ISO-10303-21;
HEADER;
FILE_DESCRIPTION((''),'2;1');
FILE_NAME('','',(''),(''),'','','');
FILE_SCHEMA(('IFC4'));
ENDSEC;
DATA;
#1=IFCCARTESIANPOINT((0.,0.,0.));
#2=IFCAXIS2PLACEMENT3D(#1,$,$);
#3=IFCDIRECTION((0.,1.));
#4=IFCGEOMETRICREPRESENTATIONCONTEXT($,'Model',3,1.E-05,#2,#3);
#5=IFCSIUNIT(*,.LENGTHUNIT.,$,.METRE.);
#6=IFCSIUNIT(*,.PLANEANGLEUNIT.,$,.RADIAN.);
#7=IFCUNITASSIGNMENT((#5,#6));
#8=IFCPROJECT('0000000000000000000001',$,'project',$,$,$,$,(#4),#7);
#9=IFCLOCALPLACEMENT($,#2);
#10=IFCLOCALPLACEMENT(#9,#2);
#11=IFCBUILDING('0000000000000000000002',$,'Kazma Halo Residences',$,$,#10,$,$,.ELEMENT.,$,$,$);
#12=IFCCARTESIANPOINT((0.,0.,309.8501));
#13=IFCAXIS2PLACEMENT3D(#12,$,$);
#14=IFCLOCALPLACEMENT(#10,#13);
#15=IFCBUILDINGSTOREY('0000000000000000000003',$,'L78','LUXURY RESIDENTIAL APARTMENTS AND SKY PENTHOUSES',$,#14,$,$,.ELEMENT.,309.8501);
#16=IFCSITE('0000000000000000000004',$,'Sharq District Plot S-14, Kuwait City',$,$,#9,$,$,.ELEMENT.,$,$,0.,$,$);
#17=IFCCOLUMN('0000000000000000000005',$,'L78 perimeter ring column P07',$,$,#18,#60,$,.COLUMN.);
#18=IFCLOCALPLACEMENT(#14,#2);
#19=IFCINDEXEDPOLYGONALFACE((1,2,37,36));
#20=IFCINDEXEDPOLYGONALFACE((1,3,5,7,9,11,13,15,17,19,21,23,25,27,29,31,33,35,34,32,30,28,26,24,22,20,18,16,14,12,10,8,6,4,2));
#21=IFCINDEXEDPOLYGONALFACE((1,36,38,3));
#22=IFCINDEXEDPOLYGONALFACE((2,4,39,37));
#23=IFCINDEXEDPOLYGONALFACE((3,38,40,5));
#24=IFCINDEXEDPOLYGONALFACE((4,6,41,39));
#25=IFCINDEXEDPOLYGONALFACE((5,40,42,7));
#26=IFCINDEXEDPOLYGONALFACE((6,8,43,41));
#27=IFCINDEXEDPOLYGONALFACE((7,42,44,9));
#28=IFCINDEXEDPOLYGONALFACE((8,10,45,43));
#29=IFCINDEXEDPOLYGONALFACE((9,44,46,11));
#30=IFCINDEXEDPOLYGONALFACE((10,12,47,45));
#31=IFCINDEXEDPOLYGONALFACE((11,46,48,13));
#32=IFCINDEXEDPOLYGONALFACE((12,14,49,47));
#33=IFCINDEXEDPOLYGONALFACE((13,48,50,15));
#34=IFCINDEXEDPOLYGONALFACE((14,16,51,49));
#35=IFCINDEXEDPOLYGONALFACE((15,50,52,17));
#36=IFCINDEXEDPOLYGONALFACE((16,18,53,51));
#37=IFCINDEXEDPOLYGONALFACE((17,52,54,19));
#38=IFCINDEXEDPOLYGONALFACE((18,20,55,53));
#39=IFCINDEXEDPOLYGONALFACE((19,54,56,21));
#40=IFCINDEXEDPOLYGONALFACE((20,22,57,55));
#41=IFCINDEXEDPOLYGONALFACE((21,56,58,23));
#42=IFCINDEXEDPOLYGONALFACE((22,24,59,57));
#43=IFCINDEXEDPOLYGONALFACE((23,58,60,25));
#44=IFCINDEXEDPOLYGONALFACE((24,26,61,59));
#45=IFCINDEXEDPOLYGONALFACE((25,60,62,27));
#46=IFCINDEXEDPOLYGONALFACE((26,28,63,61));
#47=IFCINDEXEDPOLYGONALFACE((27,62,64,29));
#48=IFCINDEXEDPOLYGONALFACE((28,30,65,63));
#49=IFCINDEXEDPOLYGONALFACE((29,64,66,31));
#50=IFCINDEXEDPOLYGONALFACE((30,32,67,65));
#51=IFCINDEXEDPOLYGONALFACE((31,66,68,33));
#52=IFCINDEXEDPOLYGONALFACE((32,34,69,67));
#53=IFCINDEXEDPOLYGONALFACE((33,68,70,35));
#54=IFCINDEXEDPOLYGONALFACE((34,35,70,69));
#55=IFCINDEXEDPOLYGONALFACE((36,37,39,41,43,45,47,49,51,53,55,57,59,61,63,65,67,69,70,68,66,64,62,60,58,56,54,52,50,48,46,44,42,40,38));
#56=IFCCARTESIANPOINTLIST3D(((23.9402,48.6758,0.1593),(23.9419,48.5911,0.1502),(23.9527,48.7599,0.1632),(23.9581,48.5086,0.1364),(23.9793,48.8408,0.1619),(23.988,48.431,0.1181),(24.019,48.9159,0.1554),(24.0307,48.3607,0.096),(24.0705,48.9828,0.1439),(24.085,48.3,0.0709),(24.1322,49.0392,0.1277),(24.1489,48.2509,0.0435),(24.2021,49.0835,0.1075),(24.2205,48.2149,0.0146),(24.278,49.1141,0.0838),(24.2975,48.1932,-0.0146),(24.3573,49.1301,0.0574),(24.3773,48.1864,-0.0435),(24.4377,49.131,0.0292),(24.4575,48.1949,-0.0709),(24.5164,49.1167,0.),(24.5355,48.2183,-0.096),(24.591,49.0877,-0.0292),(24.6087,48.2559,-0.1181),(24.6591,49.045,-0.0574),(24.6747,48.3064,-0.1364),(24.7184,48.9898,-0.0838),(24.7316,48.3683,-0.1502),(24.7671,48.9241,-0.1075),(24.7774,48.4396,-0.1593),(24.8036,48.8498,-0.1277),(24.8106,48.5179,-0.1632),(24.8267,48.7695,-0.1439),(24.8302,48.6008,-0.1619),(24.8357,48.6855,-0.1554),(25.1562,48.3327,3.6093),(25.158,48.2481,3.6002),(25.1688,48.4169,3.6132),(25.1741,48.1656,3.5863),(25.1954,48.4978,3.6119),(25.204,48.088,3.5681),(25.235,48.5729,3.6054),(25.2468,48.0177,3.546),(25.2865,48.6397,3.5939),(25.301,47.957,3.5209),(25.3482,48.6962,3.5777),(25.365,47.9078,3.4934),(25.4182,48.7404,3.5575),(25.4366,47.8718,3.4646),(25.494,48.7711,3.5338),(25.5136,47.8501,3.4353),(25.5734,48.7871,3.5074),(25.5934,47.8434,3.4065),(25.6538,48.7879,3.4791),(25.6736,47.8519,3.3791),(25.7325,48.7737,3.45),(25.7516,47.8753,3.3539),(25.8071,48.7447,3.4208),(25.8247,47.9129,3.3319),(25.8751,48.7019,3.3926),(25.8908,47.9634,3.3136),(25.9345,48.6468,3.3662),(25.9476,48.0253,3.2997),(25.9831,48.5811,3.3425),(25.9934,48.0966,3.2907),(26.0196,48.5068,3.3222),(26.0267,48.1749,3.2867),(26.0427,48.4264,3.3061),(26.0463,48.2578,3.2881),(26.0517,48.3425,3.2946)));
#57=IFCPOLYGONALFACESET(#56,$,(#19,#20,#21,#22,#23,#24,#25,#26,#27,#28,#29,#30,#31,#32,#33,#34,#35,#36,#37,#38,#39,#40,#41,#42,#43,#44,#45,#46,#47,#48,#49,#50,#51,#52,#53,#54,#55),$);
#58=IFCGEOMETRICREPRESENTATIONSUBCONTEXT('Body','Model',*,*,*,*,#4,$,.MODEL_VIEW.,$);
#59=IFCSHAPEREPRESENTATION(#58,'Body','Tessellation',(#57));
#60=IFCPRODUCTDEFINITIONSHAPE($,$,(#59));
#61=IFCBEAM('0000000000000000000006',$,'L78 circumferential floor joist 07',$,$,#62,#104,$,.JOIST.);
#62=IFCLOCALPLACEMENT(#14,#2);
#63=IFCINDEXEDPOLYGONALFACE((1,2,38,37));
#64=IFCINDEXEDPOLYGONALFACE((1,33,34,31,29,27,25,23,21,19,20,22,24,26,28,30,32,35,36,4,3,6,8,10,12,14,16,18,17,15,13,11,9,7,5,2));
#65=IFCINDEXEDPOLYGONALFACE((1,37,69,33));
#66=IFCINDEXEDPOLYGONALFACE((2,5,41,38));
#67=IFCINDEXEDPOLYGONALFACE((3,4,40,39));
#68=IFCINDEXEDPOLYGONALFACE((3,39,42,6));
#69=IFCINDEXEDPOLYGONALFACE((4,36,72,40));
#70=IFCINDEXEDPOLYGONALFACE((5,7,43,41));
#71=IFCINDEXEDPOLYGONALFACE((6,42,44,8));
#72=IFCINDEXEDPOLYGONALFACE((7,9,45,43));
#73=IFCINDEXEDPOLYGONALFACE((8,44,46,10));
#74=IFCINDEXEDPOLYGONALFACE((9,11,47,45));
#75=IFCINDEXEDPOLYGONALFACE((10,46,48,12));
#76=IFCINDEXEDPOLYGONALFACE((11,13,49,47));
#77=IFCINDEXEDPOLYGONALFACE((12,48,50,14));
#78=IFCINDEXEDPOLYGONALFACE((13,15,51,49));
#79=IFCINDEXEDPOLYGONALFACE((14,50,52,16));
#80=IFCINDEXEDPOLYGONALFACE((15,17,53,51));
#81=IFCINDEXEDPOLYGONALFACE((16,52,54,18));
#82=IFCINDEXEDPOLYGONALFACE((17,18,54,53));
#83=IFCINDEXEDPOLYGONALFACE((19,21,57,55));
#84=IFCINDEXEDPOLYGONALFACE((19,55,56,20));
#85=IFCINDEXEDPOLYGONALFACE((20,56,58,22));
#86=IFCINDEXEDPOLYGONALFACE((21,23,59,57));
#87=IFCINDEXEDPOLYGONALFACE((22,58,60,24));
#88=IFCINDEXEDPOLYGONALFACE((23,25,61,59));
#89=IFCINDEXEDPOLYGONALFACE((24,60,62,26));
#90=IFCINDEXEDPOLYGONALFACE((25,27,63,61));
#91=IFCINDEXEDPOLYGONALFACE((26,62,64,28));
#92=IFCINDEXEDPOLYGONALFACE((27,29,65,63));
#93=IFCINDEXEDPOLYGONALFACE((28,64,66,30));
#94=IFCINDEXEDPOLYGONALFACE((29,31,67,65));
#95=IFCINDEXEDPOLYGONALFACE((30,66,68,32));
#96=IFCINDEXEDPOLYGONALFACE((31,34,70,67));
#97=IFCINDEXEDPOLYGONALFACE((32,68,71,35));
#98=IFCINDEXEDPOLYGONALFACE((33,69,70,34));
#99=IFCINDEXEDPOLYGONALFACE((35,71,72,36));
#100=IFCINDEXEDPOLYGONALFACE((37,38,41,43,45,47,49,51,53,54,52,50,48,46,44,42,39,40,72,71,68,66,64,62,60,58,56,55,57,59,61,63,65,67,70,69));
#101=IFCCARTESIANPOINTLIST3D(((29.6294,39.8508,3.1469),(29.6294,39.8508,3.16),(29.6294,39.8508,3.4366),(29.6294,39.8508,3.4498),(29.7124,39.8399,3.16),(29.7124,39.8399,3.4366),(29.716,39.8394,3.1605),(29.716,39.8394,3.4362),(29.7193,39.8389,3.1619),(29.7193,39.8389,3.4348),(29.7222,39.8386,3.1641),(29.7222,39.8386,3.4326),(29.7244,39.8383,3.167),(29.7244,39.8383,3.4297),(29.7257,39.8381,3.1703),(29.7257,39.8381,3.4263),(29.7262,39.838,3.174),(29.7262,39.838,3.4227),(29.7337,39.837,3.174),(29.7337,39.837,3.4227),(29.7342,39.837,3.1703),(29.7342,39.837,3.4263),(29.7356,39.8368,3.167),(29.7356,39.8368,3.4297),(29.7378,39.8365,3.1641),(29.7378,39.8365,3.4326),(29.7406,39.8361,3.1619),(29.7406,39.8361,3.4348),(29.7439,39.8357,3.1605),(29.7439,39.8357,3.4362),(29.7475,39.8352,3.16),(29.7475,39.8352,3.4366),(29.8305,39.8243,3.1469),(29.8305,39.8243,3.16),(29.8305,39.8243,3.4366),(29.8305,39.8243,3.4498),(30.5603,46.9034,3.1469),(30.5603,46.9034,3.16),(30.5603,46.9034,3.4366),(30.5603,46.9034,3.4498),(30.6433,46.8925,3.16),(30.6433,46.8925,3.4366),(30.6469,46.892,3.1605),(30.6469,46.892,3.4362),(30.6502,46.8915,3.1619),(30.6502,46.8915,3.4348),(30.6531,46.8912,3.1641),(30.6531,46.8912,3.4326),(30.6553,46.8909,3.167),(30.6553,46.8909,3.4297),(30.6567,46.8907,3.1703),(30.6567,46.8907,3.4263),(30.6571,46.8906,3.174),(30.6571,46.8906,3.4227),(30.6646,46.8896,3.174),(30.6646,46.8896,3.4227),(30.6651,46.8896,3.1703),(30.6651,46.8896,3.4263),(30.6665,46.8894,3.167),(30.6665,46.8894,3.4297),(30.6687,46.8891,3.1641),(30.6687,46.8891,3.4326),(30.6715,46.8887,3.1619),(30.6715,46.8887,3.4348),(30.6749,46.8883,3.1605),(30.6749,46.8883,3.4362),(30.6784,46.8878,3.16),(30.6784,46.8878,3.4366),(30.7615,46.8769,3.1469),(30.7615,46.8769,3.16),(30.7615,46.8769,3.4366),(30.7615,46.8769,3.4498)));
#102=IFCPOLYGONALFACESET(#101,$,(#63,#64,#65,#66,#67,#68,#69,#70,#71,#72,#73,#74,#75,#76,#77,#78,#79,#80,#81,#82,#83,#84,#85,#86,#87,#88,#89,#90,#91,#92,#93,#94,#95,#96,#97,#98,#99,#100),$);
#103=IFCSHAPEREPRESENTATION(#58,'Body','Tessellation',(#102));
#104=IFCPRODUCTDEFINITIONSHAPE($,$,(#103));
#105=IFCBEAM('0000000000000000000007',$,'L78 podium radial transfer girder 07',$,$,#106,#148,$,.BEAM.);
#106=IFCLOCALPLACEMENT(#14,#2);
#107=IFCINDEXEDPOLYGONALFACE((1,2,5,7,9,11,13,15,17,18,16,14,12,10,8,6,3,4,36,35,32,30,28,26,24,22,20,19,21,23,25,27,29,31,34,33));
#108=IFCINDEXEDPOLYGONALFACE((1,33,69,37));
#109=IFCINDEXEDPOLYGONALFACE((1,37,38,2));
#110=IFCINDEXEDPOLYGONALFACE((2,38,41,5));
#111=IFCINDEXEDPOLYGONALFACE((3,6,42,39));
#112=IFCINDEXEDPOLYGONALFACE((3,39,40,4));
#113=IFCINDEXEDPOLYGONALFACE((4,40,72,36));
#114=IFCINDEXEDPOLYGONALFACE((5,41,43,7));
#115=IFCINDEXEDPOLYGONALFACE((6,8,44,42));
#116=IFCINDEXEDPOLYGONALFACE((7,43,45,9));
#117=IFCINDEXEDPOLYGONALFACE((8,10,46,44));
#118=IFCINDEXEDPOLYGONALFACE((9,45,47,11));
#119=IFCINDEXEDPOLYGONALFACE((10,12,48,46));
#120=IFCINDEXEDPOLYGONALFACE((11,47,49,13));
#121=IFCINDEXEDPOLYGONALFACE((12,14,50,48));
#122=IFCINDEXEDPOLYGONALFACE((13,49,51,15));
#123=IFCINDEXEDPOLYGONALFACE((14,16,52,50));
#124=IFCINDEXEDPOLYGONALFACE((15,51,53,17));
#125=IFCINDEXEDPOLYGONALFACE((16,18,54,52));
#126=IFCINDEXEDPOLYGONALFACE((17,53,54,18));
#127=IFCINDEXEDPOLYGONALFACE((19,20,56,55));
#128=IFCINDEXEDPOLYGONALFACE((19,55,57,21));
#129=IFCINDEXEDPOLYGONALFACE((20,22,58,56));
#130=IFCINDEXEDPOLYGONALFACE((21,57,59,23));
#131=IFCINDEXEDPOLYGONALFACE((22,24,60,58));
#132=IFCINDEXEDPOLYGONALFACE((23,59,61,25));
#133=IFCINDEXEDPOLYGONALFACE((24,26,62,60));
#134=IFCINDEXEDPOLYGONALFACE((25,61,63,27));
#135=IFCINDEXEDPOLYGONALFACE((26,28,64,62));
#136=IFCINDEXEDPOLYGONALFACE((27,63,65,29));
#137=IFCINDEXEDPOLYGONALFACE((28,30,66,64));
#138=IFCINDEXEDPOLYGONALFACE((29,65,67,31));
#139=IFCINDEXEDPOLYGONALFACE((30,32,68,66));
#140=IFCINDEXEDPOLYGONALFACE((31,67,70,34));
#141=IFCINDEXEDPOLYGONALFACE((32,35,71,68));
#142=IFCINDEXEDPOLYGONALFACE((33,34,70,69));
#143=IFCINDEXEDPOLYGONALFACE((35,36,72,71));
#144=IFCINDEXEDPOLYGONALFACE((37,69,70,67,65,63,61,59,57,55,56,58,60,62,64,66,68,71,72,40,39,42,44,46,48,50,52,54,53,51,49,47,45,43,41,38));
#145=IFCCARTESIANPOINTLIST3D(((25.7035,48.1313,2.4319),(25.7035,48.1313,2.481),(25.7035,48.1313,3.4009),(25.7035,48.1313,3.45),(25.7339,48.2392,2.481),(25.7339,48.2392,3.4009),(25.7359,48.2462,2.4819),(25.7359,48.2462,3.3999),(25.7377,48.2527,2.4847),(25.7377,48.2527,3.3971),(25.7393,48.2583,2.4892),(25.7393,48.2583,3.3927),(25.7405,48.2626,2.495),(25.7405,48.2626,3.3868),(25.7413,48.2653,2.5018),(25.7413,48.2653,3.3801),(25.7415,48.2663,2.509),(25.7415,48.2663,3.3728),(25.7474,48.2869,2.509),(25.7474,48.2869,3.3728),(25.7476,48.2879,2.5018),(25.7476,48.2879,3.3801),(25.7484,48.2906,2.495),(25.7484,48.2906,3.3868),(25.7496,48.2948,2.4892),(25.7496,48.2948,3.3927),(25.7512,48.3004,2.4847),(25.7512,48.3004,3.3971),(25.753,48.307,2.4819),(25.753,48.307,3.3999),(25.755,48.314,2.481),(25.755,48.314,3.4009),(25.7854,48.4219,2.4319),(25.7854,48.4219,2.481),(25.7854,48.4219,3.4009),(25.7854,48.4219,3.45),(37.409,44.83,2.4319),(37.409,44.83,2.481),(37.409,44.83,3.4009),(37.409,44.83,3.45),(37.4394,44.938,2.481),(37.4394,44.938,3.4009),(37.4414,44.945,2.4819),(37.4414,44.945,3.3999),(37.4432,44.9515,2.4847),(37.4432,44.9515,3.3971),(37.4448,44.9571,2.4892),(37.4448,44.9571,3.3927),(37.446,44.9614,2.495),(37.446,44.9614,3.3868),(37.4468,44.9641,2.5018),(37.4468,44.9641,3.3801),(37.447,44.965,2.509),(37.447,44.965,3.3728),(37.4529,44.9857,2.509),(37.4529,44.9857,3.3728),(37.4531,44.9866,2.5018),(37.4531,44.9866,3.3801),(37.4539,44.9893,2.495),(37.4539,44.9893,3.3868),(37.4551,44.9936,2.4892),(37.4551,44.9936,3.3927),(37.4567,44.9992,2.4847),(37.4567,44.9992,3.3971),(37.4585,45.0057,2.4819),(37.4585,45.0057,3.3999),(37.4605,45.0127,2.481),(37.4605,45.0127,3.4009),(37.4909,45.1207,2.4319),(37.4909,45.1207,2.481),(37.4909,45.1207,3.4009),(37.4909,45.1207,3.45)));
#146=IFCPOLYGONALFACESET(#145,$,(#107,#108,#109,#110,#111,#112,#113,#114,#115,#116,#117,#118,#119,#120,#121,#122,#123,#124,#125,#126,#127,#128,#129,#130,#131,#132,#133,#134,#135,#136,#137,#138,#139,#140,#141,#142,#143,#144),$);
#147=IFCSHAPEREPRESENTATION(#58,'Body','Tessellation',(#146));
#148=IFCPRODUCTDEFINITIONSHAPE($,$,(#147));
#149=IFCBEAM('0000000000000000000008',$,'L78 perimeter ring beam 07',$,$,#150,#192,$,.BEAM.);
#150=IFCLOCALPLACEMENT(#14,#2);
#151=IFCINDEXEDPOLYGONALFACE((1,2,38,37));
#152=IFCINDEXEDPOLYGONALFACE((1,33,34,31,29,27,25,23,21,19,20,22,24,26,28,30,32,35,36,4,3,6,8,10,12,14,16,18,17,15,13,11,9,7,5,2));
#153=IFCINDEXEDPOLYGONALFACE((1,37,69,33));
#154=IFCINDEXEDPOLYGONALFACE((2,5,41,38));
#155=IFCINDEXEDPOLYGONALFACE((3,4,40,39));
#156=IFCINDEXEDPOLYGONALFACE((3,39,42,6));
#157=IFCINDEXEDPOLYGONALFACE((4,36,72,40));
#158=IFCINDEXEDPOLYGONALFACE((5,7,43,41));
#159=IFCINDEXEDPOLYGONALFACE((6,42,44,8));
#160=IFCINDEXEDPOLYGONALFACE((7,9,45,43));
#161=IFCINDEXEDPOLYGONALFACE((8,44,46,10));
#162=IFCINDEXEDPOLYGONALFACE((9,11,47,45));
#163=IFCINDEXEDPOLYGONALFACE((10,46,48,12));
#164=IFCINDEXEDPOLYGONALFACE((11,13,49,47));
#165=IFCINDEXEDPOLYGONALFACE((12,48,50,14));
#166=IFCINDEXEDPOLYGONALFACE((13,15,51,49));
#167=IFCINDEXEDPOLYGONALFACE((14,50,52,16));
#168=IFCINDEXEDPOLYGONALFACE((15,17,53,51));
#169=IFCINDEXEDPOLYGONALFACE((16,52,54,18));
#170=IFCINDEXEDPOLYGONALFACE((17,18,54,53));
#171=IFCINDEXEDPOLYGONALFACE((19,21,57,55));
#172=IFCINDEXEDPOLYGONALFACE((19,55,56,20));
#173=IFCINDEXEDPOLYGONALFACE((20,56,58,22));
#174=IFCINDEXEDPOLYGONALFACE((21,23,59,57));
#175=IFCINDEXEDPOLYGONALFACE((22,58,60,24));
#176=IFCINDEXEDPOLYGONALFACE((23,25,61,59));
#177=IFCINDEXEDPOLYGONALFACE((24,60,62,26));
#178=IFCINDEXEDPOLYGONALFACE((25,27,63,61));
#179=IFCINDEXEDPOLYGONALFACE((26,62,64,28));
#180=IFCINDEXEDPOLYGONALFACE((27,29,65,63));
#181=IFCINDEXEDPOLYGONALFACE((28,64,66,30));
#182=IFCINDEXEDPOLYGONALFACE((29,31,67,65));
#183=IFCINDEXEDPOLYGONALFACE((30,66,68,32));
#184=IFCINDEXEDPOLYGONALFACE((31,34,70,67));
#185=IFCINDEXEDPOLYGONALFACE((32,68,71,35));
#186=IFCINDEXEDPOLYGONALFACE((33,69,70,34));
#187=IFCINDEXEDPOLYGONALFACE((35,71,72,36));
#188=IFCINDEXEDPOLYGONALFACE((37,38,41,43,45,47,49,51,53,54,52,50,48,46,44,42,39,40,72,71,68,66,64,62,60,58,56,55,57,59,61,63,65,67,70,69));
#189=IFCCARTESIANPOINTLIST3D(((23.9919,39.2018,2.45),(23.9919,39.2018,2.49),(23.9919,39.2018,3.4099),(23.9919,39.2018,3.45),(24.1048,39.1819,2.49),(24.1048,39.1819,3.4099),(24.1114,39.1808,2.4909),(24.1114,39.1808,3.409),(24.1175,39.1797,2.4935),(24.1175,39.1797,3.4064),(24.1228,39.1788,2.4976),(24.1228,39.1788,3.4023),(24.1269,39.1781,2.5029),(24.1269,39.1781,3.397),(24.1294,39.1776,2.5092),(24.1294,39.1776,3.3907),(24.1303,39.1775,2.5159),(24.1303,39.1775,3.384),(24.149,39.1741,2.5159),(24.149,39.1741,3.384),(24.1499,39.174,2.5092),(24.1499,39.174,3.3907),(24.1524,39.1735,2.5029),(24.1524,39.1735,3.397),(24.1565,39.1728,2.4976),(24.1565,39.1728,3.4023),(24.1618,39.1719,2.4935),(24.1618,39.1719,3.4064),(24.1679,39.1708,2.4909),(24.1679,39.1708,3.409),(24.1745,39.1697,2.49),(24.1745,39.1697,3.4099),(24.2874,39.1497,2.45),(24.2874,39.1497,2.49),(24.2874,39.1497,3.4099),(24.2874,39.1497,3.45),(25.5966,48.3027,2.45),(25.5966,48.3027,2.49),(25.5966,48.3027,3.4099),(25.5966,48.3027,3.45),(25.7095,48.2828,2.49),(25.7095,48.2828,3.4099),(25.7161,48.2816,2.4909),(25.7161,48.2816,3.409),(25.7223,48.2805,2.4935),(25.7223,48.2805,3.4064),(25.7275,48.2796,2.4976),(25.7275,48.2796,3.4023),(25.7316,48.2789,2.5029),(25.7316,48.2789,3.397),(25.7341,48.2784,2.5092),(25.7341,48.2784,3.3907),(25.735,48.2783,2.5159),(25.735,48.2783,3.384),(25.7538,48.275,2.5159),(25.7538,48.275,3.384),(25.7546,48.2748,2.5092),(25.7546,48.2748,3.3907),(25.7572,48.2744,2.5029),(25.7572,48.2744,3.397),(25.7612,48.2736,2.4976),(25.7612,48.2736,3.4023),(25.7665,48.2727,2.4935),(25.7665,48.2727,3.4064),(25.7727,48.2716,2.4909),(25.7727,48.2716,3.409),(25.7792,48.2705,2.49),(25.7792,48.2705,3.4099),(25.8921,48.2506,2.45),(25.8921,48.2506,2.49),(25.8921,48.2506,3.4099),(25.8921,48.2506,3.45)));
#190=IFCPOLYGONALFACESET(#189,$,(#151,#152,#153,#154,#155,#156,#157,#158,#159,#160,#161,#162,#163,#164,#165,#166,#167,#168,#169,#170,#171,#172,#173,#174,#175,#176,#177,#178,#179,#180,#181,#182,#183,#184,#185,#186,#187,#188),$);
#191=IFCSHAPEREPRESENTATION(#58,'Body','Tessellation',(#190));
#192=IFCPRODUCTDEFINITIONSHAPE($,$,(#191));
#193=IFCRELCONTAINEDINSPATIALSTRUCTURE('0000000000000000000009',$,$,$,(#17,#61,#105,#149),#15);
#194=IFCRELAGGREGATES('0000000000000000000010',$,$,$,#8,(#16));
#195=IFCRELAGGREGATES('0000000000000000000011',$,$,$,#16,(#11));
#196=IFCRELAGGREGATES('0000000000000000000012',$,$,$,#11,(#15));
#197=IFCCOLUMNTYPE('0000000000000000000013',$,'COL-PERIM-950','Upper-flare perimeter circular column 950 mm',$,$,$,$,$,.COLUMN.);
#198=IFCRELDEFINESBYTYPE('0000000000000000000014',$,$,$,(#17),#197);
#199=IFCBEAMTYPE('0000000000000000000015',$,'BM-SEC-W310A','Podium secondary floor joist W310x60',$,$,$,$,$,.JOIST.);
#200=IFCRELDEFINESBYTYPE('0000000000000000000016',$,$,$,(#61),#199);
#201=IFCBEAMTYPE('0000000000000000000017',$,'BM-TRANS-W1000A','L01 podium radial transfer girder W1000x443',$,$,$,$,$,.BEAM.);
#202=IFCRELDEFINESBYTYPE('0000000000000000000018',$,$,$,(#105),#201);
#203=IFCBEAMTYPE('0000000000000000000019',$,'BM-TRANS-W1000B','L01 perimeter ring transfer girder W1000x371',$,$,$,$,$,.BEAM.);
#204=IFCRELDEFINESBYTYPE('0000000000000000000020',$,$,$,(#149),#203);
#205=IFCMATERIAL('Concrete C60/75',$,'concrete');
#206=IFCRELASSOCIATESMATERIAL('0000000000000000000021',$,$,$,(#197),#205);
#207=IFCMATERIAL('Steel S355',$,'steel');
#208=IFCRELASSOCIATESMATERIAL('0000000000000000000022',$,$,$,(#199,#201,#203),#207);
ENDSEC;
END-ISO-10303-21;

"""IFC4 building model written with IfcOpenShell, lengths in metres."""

from ifc_helpers import new_model, si_unit, direction, frame, origin, origin_2d, place, context, subcontext, project, spatial, circle, i_section, extrude, material, material_profile, profile_set, type_object, element, save


model = new_model("IFC4")

# Units and contexts
model_context = context("Model", 3, precision=1e-05, world=origin(), true_north=direction((0.0, 1.0)))
body_context = subcontext(model_context, "Body", "Model", "MODEL_VIEW")
ifc_project = project(units=[si_unit("LENGTHUNIT", "METRE"), si_unit("PLANEANGLEUNIT", "RADIAN")], contexts=[model_context])

# Site, building, storey
site_placement = place(None, origin())
site = spatial("IfcSite", under=ifc_project, at=site_placement, Name="Sharq District Plot S-14, Kuwait City", CompositionType="ELEMENT", RefElevation=0.0)
building_placement = place(site_placement, origin())
building = spatial("IfcBuilding", under=site, at=building_placement, Name="Kazma Halo Residences", CompositionType="ELEMENT")
storey_placement = place(building_placement, frame((0.0, 0.0, 309.8501)))
storey = spatial("IfcBuildingStorey", under=building, at=storey_placement, Name="L78", Description="LUXURY RESIDENTIAL APARTMENTS AND SKY PENTHOUSES", CompositionType="ELEMENT", Elevation=309.8501)

# Column
ifc_material_1 = material(Name="Concrete C60/75", Category="concrete")
ifc_material_profile_1 = material_profile(ifc_material_1, circle(Radius=0.4751, at=origin_2d()), Name="CIRC950")
ifc_profile_set_1 = profile_set([ifc_material_profile_1], Name="Concrete C60/75")
column_type = type_object("IfcColumnType", Name="COL-PERIM-950", Description="Upper-flare perimeter circular column 950 mm", PredefinedType="COLUMN", material=ifc_profile_set_1)
column_placement = place(storey_placement, frame((24.3875, 48.6594, 0.0), z_axis=(0.330988, -0.093362, 0.939005), x_axis=(0.271479, 0.962444, 0.0)))
element("IfcColumn", 1, at=column_placement, inside=storey, type_object=column_type, Name="L78 perimeter ring column P07", PredefinedType="COLUMN", context=body_context, shape_type="SweptSolid", body=[
    extrude(circle(Radius=0.4751, at=origin_2d()), origin(), (0.0, 0.0, 1.0), 3.6741),
])

# Beams
ifc_material_2 = material(Name="Steel S355", Category="steel")
ifc_material_profile_2 = material_profile(ifc_material_2, i_section(OverallWidth=0.2029, OverallDepth=0.303, WebThickness=0.0076, FlangeThickness=0.0132, FilletRadius=0.0139, at=origin_2d()), Name="W310x60")
ifc_profile_set_2 = profile_set([ifc_material_profile_2], Name="Steel S355")
beam_type_1 = type_object("IfcBeamType", Name="BM-SEC-W310A", Description="Podium secondary floor joist W310x60", PredefinedType="JOIST", material=ifc_profile_set_2)
beam_1_placement = place(storey_placement, frame((30.6609, 46.8901, 3.2983), z_axis=(-0.130862, -0.991401, 0.0), x_axis=(0.991401, -0.130862, 0.0)))
element("IfcBeam", 2, at=beam_1_placement, inside=storey, type_object=beam_type_1, Name="L78 circumferential floor joist 07", PredefinedType="JOIST", context=body_context, shape_type="SweptSolid", body=[
    extrude(i_section(OverallWidth=0.2029, OverallDepth=0.303, WebThickness=0.0076, FlangeThickness=0.0132, FilletRadius=0.0139, at=origin_2d()), origin(), (0.0, 0.0, 1.0), 7.1138),
])
ifc_material_profile_3 = material_profile(ifc_material_2, i_section(OverallWidth=0.302, OverallDepth=1.0181, WebThickness=0.0215, FlangeThickness=0.0491, FilletRadius=0.0281, at=origin_2d()), Name="W1000x443")
ifc_profile_set_3 = profile_set([ifc_material_profile_3], Name="Steel S355")
beam_type_2 = type_object("IfcBeamType", Name="BM-TRANS-W1000A", Description="L01 podium radial transfer girder W1000x443", PredefinedType="BEAM", material=ifc_profile_set_3)
beam_2_placement = place(storey_placement, frame((37.45, 44.9753, 2.9409), z_axis=(-0.962456, 0.271437, 0.0), x_axis=(-0.271437, -0.962456, 0.0)))
element("IfcBeam", 3, at=beam_2_placement, inside=storey, type_object=beam_type_2, Name="L78 podium radial transfer girder 07", PredefinedType="BEAM", context=body_context, shape_type="SweptSolid", body=[
    extrude(i_section(OverallWidth=0.302, OverallDepth=1.0181, WebThickness=0.0215, FlangeThickness=0.0491, FilletRadius=0.0281, at=origin_2d()), origin(), (0.0, 0.0, 1.0), 12.1621),
])
ifc_material_profile_4 = material_profile(ifc_material_2, i_section(OverallWidth=0.3, OverallDepth=1.0, WebThickness=0.019, FlangeThickness=0.04, FilletRadius=0.0259, at=origin_2d()), Name="W1000x371")
ifc_profile_set_4 = profile_set([ifc_material_profile_4], Name="Steel S355")
beam_type_3 = type_object("IfcBeamType", Name="BM-TRANS-W1000B", Description="L01 perimeter ring transfer girder W1000x371", PredefinedType="BEAM", material=ifc_profile_set_4)
beam_3_placement = place(storey_placement, frame((25.7444, 48.2766, 2.95), z_axis=(-0.17365, -0.984807, 0.0), x_axis=(0.984807, -0.17365, 0.0)))
element("IfcBeam", 4, at=beam_3_placement, inside=storey, type_object=beam_type_3, Name="L78 perimeter ring beam 07", PredefinedType="BEAM", context=body_context, shape_type="SweptSolid", body=[
    extrude(i_section(OverallWidth=0.3, OverallDepth=1.0, WebThickness=0.019, FlangeThickness=0.04, FilletRadius=0.0259, at=origin_2d()), origin(), (0.0, 0.0, 1.0), 9.2412),
])

save(model, "model.ifc")
